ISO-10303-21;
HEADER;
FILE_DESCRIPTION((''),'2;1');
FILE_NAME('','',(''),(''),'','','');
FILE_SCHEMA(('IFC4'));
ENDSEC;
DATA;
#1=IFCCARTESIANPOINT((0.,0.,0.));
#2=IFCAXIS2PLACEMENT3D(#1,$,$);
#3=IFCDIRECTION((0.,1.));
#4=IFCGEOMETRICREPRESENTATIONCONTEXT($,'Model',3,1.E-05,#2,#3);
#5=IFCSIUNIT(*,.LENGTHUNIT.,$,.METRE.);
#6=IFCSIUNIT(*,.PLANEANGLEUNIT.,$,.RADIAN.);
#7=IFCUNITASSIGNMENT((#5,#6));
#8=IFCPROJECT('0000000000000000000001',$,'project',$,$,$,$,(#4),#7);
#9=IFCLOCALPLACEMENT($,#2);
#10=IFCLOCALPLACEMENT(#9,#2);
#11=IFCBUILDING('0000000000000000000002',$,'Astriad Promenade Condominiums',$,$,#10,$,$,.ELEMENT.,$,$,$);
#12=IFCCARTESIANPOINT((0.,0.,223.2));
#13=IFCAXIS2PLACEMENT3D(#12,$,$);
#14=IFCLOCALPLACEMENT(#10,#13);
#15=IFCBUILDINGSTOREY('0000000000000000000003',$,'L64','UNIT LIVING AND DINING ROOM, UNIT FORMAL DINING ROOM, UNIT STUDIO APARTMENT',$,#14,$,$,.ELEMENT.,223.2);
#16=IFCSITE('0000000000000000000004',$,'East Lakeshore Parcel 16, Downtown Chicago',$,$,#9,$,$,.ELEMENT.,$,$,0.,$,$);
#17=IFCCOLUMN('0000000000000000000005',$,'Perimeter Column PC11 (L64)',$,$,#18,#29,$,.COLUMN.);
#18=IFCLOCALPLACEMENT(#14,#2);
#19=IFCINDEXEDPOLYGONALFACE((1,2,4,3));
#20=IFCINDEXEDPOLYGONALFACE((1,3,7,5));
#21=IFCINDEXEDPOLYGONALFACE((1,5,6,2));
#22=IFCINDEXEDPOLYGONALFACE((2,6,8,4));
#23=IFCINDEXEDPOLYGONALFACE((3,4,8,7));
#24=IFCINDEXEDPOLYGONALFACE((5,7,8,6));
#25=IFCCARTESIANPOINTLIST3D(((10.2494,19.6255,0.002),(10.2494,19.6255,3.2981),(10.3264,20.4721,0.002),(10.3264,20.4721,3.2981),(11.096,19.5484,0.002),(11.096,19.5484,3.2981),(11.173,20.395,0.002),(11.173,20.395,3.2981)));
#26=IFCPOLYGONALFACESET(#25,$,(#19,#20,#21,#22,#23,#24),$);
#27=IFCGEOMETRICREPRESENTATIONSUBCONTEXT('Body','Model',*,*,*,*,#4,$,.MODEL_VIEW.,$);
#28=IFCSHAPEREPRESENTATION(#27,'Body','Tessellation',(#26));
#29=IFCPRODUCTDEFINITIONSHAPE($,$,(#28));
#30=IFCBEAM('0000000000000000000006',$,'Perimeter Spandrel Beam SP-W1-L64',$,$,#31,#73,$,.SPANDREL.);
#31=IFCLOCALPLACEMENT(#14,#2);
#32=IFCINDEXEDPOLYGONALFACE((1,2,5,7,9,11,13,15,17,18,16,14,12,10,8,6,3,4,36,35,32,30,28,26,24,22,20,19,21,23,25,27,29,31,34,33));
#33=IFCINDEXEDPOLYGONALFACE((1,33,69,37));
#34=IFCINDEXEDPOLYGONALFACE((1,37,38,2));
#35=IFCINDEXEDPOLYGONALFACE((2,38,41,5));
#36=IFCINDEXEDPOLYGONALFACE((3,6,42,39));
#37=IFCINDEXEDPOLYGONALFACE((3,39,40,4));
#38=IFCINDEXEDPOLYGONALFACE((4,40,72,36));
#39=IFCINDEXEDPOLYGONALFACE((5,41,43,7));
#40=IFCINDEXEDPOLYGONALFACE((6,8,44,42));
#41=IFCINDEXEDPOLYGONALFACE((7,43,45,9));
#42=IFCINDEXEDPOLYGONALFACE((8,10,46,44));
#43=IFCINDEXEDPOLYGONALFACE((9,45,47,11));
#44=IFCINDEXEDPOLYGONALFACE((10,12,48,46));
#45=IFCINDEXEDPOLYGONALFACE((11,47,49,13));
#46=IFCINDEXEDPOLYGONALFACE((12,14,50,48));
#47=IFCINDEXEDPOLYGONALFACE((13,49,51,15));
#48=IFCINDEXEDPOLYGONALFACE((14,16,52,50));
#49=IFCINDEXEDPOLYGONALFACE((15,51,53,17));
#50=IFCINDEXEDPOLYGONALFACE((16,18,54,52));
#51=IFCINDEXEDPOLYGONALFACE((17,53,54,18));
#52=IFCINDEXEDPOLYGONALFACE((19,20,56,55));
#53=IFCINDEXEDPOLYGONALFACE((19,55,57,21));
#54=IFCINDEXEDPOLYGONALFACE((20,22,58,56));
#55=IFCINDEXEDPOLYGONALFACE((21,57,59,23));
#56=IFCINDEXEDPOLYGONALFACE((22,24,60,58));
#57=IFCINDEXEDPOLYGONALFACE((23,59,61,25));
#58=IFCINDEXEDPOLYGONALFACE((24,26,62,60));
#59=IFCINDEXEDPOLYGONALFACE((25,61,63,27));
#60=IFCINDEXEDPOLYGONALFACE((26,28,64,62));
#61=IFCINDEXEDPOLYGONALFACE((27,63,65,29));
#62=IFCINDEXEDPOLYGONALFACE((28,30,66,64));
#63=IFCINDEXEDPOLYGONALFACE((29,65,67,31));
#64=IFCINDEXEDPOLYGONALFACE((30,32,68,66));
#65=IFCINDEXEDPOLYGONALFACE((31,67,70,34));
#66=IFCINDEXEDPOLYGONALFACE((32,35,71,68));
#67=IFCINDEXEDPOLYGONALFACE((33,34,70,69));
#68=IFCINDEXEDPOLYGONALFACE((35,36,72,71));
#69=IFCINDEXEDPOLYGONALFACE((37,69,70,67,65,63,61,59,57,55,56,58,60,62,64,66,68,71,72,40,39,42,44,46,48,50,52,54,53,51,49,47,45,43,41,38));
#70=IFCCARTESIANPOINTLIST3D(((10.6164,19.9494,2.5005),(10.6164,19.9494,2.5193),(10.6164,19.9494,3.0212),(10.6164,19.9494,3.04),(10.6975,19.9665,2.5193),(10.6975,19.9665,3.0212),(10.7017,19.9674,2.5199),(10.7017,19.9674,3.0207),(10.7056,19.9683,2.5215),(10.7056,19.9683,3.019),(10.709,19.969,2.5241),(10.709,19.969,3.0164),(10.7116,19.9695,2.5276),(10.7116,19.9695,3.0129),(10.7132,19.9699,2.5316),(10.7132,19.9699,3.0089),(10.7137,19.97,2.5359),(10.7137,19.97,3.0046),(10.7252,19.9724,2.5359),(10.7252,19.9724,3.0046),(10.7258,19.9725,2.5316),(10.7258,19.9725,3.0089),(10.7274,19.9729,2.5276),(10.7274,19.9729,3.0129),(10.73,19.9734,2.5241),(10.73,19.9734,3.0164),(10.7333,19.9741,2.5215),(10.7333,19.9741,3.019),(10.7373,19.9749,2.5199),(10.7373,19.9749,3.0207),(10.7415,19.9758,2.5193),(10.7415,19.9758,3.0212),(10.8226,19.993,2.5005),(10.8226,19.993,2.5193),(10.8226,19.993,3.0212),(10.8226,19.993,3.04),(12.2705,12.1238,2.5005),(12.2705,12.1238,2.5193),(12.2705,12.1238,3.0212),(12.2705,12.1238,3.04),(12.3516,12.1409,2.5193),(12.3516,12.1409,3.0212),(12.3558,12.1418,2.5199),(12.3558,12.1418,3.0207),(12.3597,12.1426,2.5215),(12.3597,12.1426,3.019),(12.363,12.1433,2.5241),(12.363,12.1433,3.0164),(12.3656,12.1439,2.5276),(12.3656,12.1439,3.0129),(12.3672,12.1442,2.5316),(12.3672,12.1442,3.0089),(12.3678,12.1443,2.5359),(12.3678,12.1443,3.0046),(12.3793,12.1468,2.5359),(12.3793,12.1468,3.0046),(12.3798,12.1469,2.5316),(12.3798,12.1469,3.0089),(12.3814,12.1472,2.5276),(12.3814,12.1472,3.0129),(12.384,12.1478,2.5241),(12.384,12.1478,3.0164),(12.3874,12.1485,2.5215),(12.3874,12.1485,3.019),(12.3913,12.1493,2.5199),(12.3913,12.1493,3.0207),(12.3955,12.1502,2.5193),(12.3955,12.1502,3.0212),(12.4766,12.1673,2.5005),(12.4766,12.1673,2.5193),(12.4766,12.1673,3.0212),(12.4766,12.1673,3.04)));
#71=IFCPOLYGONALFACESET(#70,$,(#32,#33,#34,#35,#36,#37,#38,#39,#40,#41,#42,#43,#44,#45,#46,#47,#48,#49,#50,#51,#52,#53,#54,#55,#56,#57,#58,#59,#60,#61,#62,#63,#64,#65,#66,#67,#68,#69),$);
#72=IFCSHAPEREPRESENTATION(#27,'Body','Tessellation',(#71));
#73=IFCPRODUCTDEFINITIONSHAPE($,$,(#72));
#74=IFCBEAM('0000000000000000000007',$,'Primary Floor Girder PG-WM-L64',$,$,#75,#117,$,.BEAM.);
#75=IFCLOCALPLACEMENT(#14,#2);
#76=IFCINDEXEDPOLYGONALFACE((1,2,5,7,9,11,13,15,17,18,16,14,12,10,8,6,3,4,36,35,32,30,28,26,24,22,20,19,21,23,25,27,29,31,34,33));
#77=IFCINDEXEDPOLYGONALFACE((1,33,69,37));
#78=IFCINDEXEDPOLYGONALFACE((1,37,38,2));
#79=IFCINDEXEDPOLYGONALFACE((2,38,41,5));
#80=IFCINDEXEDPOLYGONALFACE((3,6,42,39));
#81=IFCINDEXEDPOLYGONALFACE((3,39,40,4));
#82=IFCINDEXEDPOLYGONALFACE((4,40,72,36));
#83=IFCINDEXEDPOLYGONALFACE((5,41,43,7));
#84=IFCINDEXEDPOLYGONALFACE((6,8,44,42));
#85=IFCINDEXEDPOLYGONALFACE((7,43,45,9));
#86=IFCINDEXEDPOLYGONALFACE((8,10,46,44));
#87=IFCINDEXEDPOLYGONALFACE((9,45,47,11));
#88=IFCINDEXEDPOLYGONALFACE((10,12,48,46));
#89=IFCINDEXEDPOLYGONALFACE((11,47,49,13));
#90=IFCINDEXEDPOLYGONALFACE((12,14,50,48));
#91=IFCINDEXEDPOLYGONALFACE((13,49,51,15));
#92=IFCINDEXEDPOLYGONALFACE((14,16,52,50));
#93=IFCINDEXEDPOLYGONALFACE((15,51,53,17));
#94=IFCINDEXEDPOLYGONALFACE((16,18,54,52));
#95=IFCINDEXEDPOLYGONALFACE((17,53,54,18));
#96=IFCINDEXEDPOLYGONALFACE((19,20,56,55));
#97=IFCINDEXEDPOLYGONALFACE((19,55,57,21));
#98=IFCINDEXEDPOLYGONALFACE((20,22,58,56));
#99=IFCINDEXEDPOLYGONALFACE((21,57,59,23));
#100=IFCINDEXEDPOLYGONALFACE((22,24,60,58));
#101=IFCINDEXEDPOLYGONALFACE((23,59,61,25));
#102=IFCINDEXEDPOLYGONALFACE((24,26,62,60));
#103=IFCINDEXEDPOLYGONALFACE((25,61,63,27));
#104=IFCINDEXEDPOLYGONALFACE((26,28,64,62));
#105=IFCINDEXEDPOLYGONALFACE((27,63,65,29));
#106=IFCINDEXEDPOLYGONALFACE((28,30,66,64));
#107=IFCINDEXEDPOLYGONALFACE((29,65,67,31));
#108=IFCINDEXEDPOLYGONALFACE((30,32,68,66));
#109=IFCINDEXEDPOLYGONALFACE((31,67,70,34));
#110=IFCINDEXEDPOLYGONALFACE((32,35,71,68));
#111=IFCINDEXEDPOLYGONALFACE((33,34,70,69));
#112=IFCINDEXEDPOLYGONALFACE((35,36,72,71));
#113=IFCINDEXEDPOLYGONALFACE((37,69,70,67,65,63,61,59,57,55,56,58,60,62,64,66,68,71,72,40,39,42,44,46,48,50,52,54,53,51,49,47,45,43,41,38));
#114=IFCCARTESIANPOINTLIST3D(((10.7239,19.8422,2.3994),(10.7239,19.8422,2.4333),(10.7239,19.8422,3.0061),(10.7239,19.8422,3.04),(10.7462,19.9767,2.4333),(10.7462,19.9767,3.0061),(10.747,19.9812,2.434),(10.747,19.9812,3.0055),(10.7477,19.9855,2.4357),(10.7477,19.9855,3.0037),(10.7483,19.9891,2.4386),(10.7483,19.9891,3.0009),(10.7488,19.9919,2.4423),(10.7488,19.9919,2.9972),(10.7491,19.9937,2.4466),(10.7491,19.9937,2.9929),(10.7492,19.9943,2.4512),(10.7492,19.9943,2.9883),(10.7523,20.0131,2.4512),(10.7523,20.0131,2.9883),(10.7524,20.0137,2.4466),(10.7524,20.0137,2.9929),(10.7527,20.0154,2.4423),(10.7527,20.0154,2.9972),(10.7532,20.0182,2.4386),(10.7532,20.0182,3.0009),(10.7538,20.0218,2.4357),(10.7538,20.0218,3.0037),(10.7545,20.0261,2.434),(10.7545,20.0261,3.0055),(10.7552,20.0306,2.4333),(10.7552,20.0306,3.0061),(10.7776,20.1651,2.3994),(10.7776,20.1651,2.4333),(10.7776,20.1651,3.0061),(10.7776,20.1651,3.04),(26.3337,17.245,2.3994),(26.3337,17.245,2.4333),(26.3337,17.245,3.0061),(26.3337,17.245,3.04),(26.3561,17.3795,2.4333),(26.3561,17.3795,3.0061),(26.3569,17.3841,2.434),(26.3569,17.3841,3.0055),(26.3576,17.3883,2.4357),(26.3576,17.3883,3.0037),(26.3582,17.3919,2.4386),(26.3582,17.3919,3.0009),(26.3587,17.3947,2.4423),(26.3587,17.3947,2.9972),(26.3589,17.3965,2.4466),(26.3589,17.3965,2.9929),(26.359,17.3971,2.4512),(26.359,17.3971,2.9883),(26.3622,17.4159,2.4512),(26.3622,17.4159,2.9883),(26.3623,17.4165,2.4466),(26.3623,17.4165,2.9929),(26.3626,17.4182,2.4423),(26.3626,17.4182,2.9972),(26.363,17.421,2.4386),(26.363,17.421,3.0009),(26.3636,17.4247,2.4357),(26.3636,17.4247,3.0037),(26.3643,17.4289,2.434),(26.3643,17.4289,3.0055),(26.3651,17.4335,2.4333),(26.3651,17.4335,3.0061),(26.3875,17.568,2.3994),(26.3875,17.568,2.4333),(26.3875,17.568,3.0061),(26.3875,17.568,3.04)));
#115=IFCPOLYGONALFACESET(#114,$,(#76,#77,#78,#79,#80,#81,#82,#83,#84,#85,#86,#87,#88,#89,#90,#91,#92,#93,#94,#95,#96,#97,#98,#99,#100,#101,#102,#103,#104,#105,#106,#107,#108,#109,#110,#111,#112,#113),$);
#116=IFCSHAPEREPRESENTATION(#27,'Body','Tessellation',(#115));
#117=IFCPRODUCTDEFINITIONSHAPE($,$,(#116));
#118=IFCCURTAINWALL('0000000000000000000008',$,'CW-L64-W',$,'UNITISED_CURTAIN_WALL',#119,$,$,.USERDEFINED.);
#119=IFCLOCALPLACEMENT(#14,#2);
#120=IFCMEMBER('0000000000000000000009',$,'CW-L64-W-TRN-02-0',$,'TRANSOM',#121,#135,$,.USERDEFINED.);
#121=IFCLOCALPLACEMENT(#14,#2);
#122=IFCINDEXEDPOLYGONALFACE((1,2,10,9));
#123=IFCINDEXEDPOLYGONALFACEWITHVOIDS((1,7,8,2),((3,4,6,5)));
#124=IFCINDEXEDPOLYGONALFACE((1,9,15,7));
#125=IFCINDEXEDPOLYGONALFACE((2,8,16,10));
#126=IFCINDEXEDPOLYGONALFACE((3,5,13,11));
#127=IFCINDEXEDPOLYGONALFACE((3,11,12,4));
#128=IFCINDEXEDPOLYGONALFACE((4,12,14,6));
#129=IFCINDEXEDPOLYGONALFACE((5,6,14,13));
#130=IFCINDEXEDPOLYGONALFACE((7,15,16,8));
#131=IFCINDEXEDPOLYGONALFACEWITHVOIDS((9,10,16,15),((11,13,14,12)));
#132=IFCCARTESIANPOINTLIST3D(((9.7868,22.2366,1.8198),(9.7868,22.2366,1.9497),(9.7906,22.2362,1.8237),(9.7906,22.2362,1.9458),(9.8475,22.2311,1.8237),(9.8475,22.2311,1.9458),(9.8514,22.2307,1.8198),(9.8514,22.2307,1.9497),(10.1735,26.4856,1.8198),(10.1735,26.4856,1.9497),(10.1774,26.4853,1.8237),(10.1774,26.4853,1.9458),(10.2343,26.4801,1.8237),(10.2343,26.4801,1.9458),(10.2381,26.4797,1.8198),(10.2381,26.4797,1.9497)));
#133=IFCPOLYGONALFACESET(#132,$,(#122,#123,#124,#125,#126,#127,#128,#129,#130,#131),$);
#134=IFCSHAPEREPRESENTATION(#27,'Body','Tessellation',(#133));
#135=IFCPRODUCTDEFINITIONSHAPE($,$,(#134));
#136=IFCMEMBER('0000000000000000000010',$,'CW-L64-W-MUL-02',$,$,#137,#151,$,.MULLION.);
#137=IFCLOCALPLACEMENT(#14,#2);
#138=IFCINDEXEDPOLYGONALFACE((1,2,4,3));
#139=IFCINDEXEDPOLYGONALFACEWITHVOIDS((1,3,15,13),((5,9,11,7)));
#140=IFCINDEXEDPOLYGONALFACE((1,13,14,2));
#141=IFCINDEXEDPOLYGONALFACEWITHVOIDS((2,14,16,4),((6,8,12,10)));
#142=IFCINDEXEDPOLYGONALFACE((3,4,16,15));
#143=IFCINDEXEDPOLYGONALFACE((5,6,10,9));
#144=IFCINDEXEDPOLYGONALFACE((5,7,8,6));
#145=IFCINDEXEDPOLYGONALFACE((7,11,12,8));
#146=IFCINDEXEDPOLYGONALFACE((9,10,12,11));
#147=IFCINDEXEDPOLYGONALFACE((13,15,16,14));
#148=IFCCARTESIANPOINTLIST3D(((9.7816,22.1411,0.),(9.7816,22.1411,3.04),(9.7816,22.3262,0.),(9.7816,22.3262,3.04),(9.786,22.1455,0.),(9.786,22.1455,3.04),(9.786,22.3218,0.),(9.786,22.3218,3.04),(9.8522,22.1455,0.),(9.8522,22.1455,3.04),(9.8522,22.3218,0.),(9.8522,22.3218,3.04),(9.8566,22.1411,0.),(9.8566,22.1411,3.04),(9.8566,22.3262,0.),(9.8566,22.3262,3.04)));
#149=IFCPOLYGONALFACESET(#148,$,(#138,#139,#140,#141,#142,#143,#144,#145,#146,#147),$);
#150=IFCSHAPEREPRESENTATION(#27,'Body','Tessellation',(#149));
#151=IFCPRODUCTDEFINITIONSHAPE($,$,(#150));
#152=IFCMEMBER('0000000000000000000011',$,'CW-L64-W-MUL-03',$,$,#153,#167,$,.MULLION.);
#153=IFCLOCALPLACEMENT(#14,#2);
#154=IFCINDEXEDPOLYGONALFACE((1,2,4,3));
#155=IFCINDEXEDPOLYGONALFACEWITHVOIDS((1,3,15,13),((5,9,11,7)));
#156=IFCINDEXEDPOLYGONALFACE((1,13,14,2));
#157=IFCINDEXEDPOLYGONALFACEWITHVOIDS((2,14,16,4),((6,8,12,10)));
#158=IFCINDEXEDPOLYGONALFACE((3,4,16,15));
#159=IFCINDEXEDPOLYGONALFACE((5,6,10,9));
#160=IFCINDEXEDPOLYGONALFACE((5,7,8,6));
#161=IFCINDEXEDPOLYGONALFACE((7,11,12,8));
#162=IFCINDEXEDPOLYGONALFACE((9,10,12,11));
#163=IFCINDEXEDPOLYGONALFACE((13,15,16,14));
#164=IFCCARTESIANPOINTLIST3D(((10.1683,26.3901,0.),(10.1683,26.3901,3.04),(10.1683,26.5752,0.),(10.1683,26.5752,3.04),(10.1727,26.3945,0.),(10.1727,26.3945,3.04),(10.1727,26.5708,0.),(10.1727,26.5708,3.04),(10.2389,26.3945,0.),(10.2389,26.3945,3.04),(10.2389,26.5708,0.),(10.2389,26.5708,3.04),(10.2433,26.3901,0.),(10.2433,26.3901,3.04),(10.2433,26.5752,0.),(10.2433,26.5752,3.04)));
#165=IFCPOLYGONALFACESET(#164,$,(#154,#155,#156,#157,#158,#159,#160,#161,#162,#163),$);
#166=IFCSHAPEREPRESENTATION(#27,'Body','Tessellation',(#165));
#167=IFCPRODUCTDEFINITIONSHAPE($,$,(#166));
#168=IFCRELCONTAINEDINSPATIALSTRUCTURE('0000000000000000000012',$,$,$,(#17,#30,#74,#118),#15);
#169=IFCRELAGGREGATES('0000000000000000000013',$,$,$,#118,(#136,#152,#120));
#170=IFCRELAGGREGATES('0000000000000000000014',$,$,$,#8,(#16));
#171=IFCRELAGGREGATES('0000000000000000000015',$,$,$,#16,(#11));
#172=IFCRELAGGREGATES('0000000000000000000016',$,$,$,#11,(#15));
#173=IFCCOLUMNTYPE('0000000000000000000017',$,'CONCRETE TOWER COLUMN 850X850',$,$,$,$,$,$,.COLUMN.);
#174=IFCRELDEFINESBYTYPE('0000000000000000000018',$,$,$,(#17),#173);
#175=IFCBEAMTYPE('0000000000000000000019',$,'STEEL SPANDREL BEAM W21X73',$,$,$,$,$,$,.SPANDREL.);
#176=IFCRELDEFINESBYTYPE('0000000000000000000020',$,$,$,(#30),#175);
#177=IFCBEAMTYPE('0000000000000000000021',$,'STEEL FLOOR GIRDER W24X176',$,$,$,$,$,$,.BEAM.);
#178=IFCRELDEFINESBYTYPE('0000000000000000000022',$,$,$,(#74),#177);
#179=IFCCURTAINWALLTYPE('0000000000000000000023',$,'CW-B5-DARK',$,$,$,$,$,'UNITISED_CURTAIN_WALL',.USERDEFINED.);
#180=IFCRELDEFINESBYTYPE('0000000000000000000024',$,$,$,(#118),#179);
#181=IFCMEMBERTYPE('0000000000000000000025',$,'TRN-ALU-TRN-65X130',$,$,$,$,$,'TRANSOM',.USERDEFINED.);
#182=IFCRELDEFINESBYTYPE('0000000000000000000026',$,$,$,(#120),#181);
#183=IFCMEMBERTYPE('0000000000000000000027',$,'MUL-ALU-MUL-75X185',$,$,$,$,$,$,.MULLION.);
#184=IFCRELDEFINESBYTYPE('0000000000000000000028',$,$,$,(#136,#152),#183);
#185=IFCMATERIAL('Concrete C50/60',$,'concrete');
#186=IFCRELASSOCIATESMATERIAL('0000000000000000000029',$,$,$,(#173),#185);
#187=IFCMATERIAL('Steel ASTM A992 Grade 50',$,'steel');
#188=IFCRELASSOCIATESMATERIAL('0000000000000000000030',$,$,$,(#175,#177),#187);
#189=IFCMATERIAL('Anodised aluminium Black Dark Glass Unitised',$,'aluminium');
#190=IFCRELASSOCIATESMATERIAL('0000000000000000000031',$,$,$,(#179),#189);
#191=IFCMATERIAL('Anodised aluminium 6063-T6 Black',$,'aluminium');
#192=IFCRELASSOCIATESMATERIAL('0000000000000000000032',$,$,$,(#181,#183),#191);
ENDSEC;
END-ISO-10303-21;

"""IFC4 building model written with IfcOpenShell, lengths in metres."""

from ifc_helpers import new_model, si_unit, direction, frame, origin, origin_2d, place, context, subcontext, project, spatial, rectangle, hollow_rectangle, i_section, extrude, source, transform, mapped, material, material_profile, profile_set, type_object, type_shapes, element, aggregate, save


model = new_model("IFC4")

# Units and contexts
model_context = context("Model", 3, precision=1e-05, world=origin(), true_north=direction((0.0, 1.0)))
body_context = subcontext(model_context, "Body", "Model", "MODEL_VIEW")
ifc_project = project(units=[si_unit("LENGTHUNIT", "METRE"), si_unit("PLANEANGLEUNIT", "RADIAN")], contexts=[model_context])

# Site, building, storey
site_placement = place(None, origin())
site = spatial("IfcSite", under=ifc_project, at=site_placement, Name="East Lakeshore Parcel 16, Downtown Chicago", CompositionType="ELEMENT", RefElevation=0.0)
building_placement = place(site_placement, origin())
building = spatial("IfcBuilding", under=site, at=building_placement, Name="Astriad Promenade Condominiums", CompositionType="ELEMENT")
storey_placement = place(building_placement, frame((0.0, 0.0, 223.2)))
storey = spatial("IfcBuildingStorey", under=building, at=storey_placement, Name="L64", Description="UNIT LIVING AND DINING ROOM, UNIT FORMAL DINING ROOM, UNIT STUDIO APARTMENT", CompositionType="ELEMENT", Elevation=223.2)

# Column
ifc_material_1 = material(Name="Concrete C50/60", Category="concrete")
ifc_material_profile_1 = material_profile(ifc_material_1, rectangle(XDim=0.8501, YDim=0.8501, at=origin_2d()), Name="RC-COL-850X850")
ifc_profile_set_1 = profile_set([ifc_material_profile_1], Name="Concrete C50/60")
column_type = type_object("IfcColumnType", Name="CONCRETE TOWER COLUMN 850X850", PredefinedType="COLUMN", material=ifc_profile_set_1)
shared_shape_1 = source(origin(), body_context, "Body", "SweptSolid", [
    extrude(rectangle(XDim=0.8501, YDim=0.8501, at=origin_2d()), origin(), (0.0, 0.0, 1.0), 3.2961),
])
type_shapes(column_type, [shared_shape_1])
column_placement = place(storey_placement, frame((10.7112, 20.0103, 0.002), z_axis=(0.0, 0.0, 1.0), x_axis=(0.995884, -0.090633, 0.0)))
element("IfcColumn", 1, at=column_placement, inside=storey, type_object=column_type, Name="Perimeter Column PC11 (L64)", PredefinedType="COLUMN", context=body_context, shape_type="MappedRepresentation", body=[
    mapped(shared_shape_1, transform((0.0, 0.0, 0.0), scale=1.0)),
])

# Beams
ifc_material_2 = material(Name="Steel ASTM A992 Grade 50", Category="steel")
ifc_material_profile_2 = material_profile(ifc_material_2, i_section(OverallWidth=0.2107, OverallDepth=0.5396, WebThickness=0.0117, FlangeThickness=0.0188, FilletRadius=0.0166, at=origin_2d()), Name="W21X73")
ifc_profile_set_2 = profile_set([ifc_material_profile_2], Name="Steel ASTM A992 Grade 50")
beam_type_1 = type_object("IfcBeamType", Name="STEEL SPANDREL BEAM W21X73", PredefinedType="SPANDREL", material=ifc_profile_set_2)
shared_shape_2 = source(origin(), body_context, "Body", "SweptSolid", [
    extrude(i_section(OverallWidth=0.2107, OverallDepth=0.5396, WebThickness=0.0117, FlangeThickness=0.0188, FilletRadius=0.0166, at=origin_2d()), origin(), (0.0, 0.0, 1.0), 7.9985),
])
type_shapes(beam_type_1, [shared_shape_2])
beam_1_placement = place(storey_placement, frame((10.7195, 19.9712, 2.7703), z_axis=(0.206793, -0.978385, 0.0), x_axis=(0.978385, 0.206793, 0.0)))
element("IfcBeam", 2, at=beam_1_placement, inside=storey, type_object=beam_type_1, Name="Perimeter Spandrel Beam SP-W1-L64", PredefinedType="SPANDREL", context=body_context, shape_type="MappedRepresentation", body=[
    mapped(shared_shape_2, transform((0.0, 0.0, 0.0), scale=1.0)),
])
ifc_material_profile_3 = material_profile(ifc_material_2, i_section(OverallWidth=0.3274, OverallDepth=0.6406, WebThickness=0.019, FlangeThickness=0.0339, FilletRadius=0.0178, at=origin_2d()), Name="W24X176")
ifc_profile_set_3 = profile_set([ifc_material_profile_3], Name="Steel ASTM A992 Grade 50")
beam_type_2 = type_object("IfcBeamType", Name="STEEL FLOOR GIRDER W24X176", PredefinedType="BEAM", material=ifc_profile_set_3)
shared_shape_3 = source(origin(), body_context, "Body", "SweptSolid", [
    extrude(i_section(OverallWidth=0.3274, OverallDepth=0.6406, WebThickness=0.019, FlangeThickness=0.0339, FilletRadius=0.0178, at=origin_2d()), origin(), (0.0, 0.0, 1.0), 15.8245),
])
type_shapes(beam_type_2, [shared_shape_3])
beam_2_placement = place(storey_placement, frame((10.7507, 20.0037, 2.7197), z_axis=(0.98644, -0.164124, 0.0), x_axis=(0.164124, 0.98644, 0.0)))
element("IfcBeam", 3, at=beam_2_placement, inside=storey, type_object=beam_type_2, Name="Primary Floor Girder PG-WM-L64", PredefinedType="BEAM", context=body_context, shape_type="MappedRepresentation", body=[
    mapped(shared_shape_3, transform((0.0, 0.0, 0.0), scale=1.0)),
])

# Curtain wall, members
ifc_material_3 = material(Name="Anodised aluminium Black Dark Glass Unitised", Category="aluminium")
curtain_wall_type = type_object("IfcCurtainWallType", Name="CW-B5-DARK", ElementType="UNITISED_CURTAIN_WALL", PredefinedType="USERDEFINED", material=ifc_material_3)
curtain_wall_placement = place(storey_placement, origin())
curtain_wall = element("IfcCurtainWall", 4, at=curtain_wall_placement, inside=storey, type_object=curtain_wall_type, Name="CW-L64-W", ObjectType="UNITISED_CURTAIN_WALL", PredefinedType="USERDEFINED")
ifc_material_4 = material(Name="Anodised aluminium 6063-T6 Black", Category="aluminium")
ifc_material_profile_4 = material_profile(ifc_material_4, hollow_rectangle(XDim=0.0649, YDim=0.1299, WallThickness=0.0039, at=origin_2d()), Name="ALU-TRN-65X130")
ifc_profile_set_4 = profile_set([ifc_material_profile_4], Name="Anodised aluminium 6063-T6 Black")
member_type_1 = type_object("IfcMemberType", Name="TRN-ALU-TRN-65X130", ElementType="TRANSOM", PredefinedType="USERDEFINED", material=ifc_profile_set_4)
shared_shape_4 = source(origin(), body_context, "Body", "SweptSolid", [
    extrude(hollow_rectangle(XDim=0.0649, YDim=0.1299, WallThickness=0.0039, at=origin_2d()), origin(), (0.0, 0.0, 1.0), 4.2666),
])
type_shapes(member_type_1, [shared_shape_4])
member_1_placement = place(storey_placement, frame((9.8191, 22.2336, 1.8848), z_axis=(0.090639, 0.995884, 0.0), x_axis=(-0.995884, 0.090639, 0.0)))
member_1 = element("IfcMember", 5, at=member_1_placement, type_object=member_type_1, Name="CW-L64-W-TRN-02-0", ObjectType="TRANSOM", PredefinedType="USERDEFINED", context=body_context, shape_type="MappedRepresentation", body=[
    mapped(shared_shape_4, transform((0.0, 0.0, 0.0), scale=1.0)),
])
ifc_material_profile_5 = material_profile(ifc_material_4, hollow_rectangle(XDim=0.075, YDim=0.1851, WallThickness=0.0044, at=origin_2d()), Name="ALU-MUL-75X185")
ifc_profile_set_5 = profile_set([ifc_material_profile_5], Name="Anodised aluminium 6063-T6 Black")
member_type_2 = type_object("IfcMemberType", Name="MUL-ALU-MUL-75X185", PredefinedType="MULLION", material=ifc_profile_set_5)
shared_shape_5 = source(origin(), body_context, "Body", "SweptSolid", [
    extrude(hollow_rectangle(XDim=0.075, YDim=0.1851, WallThickness=0.0044, at=origin_2d()), origin(), (0.0, 0.0, 1.0), 3.04),
])
type_shapes(member_type_2, [shared_shape_5])
member_2_placement = place(storey_placement, frame((9.8191, 22.2336, 0.0), z_axis=(0.0, 0.0, 1.0), x_axis=(1.0, 0.0, 0.0)))
member_2 = element("IfcMember", 6, at=member_2_placement, type_object=member_type_2, Name="CW-L64-W-MUL-02", PredefinedType="MULLION", context=body_context, shape_type="MappedRepresentation", body=[
    mapped(shared_shape_5, transform((0.0, 0.0, 0.0), scale=1.0)),
])
member_3_placement = place(storey_placement, frame((10.2058, 26.4827, 0.0), z_axis=(0.0, 0.0, 1.0), x_axis=(1.0, 0.0, 0.0)))
member_3 = element("IfcMember", 7, at=member_3_placement, type_object=member_type_2, Name="CW-L64-W-MUL-03", PredefinedType="MULLION", context=body_context, shape_type="MappedRepresentation", body=[
    mapped(shared_shape_5, transform((0.0, 0.0, 0.0), scale=1.0)),
])
aggregate(curtain_wall, [member_2, member_3, member_1])

save(model, "model.ifc")
